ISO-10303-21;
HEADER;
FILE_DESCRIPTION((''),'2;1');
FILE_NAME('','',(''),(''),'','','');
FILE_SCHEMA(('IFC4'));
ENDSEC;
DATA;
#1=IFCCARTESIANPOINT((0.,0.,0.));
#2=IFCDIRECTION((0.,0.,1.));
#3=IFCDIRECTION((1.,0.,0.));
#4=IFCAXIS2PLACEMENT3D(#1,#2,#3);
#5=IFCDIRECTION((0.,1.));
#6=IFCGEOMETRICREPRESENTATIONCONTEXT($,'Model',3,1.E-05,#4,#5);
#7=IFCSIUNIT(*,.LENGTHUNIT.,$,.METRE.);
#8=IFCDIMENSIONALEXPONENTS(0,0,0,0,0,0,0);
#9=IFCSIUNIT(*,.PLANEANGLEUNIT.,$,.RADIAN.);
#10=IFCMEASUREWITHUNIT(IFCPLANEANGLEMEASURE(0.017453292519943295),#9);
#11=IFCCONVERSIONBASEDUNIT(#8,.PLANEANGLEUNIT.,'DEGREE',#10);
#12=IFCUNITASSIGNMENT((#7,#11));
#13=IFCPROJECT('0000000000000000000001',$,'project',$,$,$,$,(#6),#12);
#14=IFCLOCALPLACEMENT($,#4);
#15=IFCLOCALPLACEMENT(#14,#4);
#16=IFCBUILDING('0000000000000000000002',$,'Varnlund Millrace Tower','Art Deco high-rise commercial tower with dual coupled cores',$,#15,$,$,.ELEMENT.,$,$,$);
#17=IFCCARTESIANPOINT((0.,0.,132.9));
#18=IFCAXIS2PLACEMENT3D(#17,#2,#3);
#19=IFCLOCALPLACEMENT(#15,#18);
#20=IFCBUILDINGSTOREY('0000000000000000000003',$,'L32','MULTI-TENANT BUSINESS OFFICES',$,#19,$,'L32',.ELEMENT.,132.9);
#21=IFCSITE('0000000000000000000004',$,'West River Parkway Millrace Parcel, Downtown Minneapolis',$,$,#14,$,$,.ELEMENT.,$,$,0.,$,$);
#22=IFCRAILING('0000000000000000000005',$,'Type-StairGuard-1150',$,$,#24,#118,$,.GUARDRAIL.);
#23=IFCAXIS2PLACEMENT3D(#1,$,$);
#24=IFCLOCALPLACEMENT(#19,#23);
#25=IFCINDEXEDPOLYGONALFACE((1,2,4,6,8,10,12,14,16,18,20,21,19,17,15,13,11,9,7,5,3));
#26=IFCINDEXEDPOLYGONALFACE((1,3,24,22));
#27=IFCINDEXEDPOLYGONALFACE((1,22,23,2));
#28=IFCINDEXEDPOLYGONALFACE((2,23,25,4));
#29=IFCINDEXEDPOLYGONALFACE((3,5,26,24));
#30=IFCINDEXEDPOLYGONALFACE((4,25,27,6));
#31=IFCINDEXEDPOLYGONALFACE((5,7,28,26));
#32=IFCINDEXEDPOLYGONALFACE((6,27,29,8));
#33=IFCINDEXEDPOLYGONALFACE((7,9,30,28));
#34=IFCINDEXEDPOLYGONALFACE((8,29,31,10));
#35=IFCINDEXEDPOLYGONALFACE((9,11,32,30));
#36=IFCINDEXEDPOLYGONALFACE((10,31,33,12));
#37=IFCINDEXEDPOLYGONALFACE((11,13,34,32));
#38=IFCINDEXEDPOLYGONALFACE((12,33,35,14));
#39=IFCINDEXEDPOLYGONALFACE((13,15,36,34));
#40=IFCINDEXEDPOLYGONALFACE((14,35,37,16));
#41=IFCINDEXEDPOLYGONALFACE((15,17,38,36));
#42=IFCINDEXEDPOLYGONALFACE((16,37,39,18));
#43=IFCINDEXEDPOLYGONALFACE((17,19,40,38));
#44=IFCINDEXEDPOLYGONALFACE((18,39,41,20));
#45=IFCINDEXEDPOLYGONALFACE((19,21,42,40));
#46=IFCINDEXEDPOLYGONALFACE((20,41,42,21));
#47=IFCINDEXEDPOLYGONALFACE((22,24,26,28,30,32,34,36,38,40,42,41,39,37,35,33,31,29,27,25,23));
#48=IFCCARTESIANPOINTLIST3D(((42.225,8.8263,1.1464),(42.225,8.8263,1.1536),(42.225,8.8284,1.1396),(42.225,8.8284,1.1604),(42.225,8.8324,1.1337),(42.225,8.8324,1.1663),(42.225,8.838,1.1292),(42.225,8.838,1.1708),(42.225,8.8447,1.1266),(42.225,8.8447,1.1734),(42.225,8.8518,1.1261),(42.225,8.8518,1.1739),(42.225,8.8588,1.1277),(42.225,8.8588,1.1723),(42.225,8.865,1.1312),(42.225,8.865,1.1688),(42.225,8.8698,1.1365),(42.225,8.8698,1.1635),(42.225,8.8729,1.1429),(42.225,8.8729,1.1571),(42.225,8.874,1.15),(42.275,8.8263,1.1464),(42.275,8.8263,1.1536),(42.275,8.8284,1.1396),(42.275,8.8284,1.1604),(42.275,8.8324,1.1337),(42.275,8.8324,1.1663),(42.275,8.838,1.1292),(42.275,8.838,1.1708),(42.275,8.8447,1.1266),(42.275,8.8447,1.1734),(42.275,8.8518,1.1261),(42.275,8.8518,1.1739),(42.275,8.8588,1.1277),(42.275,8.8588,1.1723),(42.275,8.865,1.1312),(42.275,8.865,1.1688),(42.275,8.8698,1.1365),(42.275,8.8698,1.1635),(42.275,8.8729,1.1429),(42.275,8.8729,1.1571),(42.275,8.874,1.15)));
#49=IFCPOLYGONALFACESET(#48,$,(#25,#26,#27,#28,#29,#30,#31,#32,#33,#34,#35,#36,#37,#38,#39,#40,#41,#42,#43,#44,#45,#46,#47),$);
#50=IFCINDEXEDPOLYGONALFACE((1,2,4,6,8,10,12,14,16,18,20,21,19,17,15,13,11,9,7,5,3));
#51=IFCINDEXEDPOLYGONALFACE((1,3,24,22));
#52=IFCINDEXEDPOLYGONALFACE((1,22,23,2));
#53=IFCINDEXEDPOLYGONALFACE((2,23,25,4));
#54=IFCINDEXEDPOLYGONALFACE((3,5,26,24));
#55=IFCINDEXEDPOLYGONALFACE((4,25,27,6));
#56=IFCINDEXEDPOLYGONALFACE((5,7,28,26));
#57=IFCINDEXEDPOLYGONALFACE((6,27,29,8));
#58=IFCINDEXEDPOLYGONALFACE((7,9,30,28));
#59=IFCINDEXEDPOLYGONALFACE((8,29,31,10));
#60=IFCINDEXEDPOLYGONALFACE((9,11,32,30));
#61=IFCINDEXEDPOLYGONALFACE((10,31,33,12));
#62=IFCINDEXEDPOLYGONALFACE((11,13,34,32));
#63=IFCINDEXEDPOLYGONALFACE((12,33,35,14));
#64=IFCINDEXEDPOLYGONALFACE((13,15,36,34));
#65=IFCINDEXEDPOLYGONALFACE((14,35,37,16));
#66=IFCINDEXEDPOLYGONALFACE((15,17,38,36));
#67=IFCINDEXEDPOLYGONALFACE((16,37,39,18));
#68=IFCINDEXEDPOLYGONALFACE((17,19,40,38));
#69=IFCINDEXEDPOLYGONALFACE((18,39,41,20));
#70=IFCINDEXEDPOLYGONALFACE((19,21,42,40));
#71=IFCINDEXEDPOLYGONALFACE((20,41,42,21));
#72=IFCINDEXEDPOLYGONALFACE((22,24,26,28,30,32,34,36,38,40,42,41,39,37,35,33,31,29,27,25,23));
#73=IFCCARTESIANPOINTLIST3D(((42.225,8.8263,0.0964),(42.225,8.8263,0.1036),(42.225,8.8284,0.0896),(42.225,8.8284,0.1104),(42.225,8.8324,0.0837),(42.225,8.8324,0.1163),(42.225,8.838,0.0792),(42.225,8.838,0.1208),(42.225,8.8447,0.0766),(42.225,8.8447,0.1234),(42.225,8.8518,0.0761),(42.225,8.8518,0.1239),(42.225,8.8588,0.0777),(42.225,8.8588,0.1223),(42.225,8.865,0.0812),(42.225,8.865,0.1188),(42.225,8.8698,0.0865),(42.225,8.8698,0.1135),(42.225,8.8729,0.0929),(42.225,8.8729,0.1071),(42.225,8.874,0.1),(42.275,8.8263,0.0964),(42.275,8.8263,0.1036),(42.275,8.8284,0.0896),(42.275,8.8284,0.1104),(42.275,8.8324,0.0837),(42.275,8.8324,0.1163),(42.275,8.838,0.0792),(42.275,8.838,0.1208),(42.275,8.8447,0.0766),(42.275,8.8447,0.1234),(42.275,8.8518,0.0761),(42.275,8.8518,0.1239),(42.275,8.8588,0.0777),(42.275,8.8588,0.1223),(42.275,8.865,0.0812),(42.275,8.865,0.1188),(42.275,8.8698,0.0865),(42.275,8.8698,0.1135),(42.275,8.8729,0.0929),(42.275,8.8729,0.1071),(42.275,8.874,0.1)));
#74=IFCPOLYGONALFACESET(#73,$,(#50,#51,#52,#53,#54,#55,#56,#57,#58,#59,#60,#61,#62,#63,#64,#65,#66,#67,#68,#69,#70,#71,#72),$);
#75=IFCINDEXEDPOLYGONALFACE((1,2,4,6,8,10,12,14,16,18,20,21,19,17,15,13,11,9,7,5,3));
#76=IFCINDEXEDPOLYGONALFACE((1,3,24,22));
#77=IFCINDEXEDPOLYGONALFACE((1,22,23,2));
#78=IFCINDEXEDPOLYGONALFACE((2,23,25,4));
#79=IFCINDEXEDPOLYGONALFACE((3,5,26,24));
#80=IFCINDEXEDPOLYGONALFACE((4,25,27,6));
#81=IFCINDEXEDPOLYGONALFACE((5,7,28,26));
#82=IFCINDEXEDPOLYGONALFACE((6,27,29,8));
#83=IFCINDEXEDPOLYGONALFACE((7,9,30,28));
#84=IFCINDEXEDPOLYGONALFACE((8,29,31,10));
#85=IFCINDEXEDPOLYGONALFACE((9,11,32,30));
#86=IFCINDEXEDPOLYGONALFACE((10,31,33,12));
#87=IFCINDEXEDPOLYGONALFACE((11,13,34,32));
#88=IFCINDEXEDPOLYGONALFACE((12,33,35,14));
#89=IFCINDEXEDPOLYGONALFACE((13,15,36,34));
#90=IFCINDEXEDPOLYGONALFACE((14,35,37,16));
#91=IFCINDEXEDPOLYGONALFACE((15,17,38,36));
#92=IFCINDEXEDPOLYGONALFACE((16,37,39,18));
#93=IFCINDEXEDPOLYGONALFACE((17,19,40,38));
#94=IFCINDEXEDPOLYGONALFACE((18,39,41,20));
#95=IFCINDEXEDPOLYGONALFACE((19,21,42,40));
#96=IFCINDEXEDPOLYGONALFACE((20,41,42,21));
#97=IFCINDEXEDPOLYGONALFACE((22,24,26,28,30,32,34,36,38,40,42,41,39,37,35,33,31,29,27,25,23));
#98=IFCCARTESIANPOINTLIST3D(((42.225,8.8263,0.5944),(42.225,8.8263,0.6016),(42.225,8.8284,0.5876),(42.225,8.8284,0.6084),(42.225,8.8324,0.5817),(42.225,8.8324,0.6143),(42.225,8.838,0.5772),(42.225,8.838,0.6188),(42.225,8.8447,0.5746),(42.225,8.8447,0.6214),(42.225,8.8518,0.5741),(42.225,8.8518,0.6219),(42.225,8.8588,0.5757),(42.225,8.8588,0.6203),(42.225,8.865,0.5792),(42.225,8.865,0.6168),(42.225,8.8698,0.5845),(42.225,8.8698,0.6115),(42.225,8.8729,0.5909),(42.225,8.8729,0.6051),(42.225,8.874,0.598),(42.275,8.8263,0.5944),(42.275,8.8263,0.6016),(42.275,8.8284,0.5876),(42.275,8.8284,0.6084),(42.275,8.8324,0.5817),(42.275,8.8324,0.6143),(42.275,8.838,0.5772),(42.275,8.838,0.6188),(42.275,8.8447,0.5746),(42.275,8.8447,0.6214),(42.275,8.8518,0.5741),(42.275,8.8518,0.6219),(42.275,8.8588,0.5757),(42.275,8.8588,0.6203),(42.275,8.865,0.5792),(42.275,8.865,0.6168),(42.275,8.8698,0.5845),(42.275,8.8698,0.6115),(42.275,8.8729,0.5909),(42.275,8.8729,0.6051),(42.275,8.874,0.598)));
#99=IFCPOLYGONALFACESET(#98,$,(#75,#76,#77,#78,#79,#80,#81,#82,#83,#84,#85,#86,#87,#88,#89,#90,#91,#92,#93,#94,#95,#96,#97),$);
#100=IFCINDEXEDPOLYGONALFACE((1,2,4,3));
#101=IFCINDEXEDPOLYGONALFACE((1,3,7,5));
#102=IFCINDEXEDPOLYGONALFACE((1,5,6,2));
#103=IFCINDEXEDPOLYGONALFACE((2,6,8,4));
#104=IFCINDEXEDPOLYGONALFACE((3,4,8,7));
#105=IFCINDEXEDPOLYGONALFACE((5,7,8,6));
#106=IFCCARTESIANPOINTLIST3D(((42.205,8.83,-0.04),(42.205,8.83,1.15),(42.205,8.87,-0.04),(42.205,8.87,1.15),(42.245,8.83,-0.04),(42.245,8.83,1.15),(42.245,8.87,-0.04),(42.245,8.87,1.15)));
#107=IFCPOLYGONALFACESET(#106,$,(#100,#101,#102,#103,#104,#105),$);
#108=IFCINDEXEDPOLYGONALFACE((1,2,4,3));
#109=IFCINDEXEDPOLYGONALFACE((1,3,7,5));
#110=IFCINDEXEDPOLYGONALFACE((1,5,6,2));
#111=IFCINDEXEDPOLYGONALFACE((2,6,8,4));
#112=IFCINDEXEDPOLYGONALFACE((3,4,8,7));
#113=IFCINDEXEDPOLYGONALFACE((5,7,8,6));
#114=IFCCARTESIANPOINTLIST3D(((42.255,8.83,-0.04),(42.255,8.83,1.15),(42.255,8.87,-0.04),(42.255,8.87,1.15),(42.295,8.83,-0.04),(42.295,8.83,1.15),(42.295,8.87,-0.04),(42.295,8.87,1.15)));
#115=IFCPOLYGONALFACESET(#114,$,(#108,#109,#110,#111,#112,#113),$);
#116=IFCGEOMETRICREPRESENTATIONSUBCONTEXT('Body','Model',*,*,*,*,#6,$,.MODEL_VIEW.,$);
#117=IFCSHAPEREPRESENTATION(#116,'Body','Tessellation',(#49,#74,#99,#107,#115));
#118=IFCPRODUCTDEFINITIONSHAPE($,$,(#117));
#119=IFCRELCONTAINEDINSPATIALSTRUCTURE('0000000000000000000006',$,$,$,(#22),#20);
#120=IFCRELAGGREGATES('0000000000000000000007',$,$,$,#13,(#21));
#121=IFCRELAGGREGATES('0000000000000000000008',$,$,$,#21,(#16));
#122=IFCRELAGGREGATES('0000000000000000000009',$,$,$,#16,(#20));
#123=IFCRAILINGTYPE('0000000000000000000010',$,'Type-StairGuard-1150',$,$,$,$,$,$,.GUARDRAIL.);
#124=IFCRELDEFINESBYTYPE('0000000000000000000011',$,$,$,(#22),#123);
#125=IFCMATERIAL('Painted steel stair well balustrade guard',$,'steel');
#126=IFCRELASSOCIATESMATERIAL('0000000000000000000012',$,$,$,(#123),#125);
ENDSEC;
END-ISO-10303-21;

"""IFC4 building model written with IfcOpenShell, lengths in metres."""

from ifc_helpers import new_model, entity, si_unit, converted_unit, direction, frame, origin_with_axes, origin_2d_with_axis, place, context, subcontext, project, spatial, rectangle, circle, extrude, material, type_object, element, save


model = new_model("IFC4")

# Units and contexts
model_context = context("Model", 3, precision=1e-05, world=origin_with_axes(), true_north=direction((0.0, 1.0)))
body_context = subcontext(model_context, "Body", "Model", "MODEL_VIEW")
ifc_project = project(units=[si_unit("LENGTHUNIT", "METRE"), converted_unit("PLANEANGLEUNIT", "DEGREE", entity("IfcPlaneAngleMeasure", 0.017453292519943295), si_unit("PLANEANGLEUNIT", "RADIAN"), dimensions=[0, 0, 0, 0, 0, 0, 0])], contexts=[model_context])

# Site, building, storey
site_placement = place(None, origin_with_axes())
site = spatial("IfcSite", under=ifc_project, at=site_placement, Name="West River Parkway Millrace Parcel, Downtown Minneapolis", CompositionType="ELEMENT", RefElevation=0.0)
building_placement = place(site_placement, origin_with_axes())
building = spatial("IfcBuilding", under=site, at=building_placement, Name="Varnlund Millrace Tower", Description="Art Deco high-rise commercial tower with dual coupled cores", CompositionType="ELEMENT")
storey_placement = place(building_placement, frame((0.0, 0.0, 132.9), z_axis=(0.0, 0.0, 1.0), x_axis=(1.0, 0.0, 0.0)))
storey = spatial("IfcBuildingStorey", under=building, at=storey_placement, Name="L32", Description="MULTI-TENANT BUSINESS OFFICES", LongName="L32", CompositionType="ELEMENT", Elevation=132.9)

# Railing
ifc_material_1 = material(Name="Painted steel stair well balustrade guard", Category="steel")
railing_type_1 = type_object("IfcRailingType", Name="Type-StairGuard-1150", PredefinedType="GUARDRAIL", material=ifc_material_1)
railing_1_placement = place(storey_placement, frame((0.0, 0.0, -132.9), z_axis=(0.0, 0.0, 1.0), x_axis=(1.0, 0.0, 0.0)))
element("IfcRailing", 1, at=railing_1_placement, inside=storey, type_object=railing_type_1, Name="Type-StairGuard-1150", PredefinedType="GUARDRAIL", context=body_context, shape_type="SweptSolid", body=[
    extrude(circle(Radius=0.024, at=origin_2d_with_axis()), frame((42.225, 8.85, 134.05), z_axis=(1.0, 0.0, 0.0), x_axis=(0.0, 1.0, 0.0)), (0.0, 0.0, 1.0), 0.05),
    extrude(circle(Radius=0.024, at=origin_2d_with_axis()), frame((42.225, 8.85, 133.0), z_axis=(1.0, 0.0, 0.0), x_axis=(0.0, 1.0, 0.0)), (0.0, 0.0, 1.0), 0.05),
    extrude(circle(Radius=0.024, at=origin_2d_with_axis()), frame((42.225, 8.85, 133.498), z_axis=(1.0, 0.0, 0.0), x_axis=(0.0, 1.0, 0.0)), (0.0, 0.0, 1.0), 0.05),
    extrude(rectangle(XDim=0.04, YDim=0.04, at=origin_2d_with_axis()), frame((42.225, 8.85, 132.86), z_axis=(0.0, 0.0, 1.0), x_axis=(1.0, 0.0, 0.0)), (0.0, 0.0, 1.0), 1.19),
    extrude(rectangle(XDim=0.04, YDim=0.04, at=origin_2d_with_axis()), frame((42.275, 8.85, 132.86), z_axis=(0.0, 0.0, 1.0), x_axis=(1.0, 0.0, 0.0)), (0.0, 0.0, 1.0), 1.19),
])

save(model, "model.ifc")
